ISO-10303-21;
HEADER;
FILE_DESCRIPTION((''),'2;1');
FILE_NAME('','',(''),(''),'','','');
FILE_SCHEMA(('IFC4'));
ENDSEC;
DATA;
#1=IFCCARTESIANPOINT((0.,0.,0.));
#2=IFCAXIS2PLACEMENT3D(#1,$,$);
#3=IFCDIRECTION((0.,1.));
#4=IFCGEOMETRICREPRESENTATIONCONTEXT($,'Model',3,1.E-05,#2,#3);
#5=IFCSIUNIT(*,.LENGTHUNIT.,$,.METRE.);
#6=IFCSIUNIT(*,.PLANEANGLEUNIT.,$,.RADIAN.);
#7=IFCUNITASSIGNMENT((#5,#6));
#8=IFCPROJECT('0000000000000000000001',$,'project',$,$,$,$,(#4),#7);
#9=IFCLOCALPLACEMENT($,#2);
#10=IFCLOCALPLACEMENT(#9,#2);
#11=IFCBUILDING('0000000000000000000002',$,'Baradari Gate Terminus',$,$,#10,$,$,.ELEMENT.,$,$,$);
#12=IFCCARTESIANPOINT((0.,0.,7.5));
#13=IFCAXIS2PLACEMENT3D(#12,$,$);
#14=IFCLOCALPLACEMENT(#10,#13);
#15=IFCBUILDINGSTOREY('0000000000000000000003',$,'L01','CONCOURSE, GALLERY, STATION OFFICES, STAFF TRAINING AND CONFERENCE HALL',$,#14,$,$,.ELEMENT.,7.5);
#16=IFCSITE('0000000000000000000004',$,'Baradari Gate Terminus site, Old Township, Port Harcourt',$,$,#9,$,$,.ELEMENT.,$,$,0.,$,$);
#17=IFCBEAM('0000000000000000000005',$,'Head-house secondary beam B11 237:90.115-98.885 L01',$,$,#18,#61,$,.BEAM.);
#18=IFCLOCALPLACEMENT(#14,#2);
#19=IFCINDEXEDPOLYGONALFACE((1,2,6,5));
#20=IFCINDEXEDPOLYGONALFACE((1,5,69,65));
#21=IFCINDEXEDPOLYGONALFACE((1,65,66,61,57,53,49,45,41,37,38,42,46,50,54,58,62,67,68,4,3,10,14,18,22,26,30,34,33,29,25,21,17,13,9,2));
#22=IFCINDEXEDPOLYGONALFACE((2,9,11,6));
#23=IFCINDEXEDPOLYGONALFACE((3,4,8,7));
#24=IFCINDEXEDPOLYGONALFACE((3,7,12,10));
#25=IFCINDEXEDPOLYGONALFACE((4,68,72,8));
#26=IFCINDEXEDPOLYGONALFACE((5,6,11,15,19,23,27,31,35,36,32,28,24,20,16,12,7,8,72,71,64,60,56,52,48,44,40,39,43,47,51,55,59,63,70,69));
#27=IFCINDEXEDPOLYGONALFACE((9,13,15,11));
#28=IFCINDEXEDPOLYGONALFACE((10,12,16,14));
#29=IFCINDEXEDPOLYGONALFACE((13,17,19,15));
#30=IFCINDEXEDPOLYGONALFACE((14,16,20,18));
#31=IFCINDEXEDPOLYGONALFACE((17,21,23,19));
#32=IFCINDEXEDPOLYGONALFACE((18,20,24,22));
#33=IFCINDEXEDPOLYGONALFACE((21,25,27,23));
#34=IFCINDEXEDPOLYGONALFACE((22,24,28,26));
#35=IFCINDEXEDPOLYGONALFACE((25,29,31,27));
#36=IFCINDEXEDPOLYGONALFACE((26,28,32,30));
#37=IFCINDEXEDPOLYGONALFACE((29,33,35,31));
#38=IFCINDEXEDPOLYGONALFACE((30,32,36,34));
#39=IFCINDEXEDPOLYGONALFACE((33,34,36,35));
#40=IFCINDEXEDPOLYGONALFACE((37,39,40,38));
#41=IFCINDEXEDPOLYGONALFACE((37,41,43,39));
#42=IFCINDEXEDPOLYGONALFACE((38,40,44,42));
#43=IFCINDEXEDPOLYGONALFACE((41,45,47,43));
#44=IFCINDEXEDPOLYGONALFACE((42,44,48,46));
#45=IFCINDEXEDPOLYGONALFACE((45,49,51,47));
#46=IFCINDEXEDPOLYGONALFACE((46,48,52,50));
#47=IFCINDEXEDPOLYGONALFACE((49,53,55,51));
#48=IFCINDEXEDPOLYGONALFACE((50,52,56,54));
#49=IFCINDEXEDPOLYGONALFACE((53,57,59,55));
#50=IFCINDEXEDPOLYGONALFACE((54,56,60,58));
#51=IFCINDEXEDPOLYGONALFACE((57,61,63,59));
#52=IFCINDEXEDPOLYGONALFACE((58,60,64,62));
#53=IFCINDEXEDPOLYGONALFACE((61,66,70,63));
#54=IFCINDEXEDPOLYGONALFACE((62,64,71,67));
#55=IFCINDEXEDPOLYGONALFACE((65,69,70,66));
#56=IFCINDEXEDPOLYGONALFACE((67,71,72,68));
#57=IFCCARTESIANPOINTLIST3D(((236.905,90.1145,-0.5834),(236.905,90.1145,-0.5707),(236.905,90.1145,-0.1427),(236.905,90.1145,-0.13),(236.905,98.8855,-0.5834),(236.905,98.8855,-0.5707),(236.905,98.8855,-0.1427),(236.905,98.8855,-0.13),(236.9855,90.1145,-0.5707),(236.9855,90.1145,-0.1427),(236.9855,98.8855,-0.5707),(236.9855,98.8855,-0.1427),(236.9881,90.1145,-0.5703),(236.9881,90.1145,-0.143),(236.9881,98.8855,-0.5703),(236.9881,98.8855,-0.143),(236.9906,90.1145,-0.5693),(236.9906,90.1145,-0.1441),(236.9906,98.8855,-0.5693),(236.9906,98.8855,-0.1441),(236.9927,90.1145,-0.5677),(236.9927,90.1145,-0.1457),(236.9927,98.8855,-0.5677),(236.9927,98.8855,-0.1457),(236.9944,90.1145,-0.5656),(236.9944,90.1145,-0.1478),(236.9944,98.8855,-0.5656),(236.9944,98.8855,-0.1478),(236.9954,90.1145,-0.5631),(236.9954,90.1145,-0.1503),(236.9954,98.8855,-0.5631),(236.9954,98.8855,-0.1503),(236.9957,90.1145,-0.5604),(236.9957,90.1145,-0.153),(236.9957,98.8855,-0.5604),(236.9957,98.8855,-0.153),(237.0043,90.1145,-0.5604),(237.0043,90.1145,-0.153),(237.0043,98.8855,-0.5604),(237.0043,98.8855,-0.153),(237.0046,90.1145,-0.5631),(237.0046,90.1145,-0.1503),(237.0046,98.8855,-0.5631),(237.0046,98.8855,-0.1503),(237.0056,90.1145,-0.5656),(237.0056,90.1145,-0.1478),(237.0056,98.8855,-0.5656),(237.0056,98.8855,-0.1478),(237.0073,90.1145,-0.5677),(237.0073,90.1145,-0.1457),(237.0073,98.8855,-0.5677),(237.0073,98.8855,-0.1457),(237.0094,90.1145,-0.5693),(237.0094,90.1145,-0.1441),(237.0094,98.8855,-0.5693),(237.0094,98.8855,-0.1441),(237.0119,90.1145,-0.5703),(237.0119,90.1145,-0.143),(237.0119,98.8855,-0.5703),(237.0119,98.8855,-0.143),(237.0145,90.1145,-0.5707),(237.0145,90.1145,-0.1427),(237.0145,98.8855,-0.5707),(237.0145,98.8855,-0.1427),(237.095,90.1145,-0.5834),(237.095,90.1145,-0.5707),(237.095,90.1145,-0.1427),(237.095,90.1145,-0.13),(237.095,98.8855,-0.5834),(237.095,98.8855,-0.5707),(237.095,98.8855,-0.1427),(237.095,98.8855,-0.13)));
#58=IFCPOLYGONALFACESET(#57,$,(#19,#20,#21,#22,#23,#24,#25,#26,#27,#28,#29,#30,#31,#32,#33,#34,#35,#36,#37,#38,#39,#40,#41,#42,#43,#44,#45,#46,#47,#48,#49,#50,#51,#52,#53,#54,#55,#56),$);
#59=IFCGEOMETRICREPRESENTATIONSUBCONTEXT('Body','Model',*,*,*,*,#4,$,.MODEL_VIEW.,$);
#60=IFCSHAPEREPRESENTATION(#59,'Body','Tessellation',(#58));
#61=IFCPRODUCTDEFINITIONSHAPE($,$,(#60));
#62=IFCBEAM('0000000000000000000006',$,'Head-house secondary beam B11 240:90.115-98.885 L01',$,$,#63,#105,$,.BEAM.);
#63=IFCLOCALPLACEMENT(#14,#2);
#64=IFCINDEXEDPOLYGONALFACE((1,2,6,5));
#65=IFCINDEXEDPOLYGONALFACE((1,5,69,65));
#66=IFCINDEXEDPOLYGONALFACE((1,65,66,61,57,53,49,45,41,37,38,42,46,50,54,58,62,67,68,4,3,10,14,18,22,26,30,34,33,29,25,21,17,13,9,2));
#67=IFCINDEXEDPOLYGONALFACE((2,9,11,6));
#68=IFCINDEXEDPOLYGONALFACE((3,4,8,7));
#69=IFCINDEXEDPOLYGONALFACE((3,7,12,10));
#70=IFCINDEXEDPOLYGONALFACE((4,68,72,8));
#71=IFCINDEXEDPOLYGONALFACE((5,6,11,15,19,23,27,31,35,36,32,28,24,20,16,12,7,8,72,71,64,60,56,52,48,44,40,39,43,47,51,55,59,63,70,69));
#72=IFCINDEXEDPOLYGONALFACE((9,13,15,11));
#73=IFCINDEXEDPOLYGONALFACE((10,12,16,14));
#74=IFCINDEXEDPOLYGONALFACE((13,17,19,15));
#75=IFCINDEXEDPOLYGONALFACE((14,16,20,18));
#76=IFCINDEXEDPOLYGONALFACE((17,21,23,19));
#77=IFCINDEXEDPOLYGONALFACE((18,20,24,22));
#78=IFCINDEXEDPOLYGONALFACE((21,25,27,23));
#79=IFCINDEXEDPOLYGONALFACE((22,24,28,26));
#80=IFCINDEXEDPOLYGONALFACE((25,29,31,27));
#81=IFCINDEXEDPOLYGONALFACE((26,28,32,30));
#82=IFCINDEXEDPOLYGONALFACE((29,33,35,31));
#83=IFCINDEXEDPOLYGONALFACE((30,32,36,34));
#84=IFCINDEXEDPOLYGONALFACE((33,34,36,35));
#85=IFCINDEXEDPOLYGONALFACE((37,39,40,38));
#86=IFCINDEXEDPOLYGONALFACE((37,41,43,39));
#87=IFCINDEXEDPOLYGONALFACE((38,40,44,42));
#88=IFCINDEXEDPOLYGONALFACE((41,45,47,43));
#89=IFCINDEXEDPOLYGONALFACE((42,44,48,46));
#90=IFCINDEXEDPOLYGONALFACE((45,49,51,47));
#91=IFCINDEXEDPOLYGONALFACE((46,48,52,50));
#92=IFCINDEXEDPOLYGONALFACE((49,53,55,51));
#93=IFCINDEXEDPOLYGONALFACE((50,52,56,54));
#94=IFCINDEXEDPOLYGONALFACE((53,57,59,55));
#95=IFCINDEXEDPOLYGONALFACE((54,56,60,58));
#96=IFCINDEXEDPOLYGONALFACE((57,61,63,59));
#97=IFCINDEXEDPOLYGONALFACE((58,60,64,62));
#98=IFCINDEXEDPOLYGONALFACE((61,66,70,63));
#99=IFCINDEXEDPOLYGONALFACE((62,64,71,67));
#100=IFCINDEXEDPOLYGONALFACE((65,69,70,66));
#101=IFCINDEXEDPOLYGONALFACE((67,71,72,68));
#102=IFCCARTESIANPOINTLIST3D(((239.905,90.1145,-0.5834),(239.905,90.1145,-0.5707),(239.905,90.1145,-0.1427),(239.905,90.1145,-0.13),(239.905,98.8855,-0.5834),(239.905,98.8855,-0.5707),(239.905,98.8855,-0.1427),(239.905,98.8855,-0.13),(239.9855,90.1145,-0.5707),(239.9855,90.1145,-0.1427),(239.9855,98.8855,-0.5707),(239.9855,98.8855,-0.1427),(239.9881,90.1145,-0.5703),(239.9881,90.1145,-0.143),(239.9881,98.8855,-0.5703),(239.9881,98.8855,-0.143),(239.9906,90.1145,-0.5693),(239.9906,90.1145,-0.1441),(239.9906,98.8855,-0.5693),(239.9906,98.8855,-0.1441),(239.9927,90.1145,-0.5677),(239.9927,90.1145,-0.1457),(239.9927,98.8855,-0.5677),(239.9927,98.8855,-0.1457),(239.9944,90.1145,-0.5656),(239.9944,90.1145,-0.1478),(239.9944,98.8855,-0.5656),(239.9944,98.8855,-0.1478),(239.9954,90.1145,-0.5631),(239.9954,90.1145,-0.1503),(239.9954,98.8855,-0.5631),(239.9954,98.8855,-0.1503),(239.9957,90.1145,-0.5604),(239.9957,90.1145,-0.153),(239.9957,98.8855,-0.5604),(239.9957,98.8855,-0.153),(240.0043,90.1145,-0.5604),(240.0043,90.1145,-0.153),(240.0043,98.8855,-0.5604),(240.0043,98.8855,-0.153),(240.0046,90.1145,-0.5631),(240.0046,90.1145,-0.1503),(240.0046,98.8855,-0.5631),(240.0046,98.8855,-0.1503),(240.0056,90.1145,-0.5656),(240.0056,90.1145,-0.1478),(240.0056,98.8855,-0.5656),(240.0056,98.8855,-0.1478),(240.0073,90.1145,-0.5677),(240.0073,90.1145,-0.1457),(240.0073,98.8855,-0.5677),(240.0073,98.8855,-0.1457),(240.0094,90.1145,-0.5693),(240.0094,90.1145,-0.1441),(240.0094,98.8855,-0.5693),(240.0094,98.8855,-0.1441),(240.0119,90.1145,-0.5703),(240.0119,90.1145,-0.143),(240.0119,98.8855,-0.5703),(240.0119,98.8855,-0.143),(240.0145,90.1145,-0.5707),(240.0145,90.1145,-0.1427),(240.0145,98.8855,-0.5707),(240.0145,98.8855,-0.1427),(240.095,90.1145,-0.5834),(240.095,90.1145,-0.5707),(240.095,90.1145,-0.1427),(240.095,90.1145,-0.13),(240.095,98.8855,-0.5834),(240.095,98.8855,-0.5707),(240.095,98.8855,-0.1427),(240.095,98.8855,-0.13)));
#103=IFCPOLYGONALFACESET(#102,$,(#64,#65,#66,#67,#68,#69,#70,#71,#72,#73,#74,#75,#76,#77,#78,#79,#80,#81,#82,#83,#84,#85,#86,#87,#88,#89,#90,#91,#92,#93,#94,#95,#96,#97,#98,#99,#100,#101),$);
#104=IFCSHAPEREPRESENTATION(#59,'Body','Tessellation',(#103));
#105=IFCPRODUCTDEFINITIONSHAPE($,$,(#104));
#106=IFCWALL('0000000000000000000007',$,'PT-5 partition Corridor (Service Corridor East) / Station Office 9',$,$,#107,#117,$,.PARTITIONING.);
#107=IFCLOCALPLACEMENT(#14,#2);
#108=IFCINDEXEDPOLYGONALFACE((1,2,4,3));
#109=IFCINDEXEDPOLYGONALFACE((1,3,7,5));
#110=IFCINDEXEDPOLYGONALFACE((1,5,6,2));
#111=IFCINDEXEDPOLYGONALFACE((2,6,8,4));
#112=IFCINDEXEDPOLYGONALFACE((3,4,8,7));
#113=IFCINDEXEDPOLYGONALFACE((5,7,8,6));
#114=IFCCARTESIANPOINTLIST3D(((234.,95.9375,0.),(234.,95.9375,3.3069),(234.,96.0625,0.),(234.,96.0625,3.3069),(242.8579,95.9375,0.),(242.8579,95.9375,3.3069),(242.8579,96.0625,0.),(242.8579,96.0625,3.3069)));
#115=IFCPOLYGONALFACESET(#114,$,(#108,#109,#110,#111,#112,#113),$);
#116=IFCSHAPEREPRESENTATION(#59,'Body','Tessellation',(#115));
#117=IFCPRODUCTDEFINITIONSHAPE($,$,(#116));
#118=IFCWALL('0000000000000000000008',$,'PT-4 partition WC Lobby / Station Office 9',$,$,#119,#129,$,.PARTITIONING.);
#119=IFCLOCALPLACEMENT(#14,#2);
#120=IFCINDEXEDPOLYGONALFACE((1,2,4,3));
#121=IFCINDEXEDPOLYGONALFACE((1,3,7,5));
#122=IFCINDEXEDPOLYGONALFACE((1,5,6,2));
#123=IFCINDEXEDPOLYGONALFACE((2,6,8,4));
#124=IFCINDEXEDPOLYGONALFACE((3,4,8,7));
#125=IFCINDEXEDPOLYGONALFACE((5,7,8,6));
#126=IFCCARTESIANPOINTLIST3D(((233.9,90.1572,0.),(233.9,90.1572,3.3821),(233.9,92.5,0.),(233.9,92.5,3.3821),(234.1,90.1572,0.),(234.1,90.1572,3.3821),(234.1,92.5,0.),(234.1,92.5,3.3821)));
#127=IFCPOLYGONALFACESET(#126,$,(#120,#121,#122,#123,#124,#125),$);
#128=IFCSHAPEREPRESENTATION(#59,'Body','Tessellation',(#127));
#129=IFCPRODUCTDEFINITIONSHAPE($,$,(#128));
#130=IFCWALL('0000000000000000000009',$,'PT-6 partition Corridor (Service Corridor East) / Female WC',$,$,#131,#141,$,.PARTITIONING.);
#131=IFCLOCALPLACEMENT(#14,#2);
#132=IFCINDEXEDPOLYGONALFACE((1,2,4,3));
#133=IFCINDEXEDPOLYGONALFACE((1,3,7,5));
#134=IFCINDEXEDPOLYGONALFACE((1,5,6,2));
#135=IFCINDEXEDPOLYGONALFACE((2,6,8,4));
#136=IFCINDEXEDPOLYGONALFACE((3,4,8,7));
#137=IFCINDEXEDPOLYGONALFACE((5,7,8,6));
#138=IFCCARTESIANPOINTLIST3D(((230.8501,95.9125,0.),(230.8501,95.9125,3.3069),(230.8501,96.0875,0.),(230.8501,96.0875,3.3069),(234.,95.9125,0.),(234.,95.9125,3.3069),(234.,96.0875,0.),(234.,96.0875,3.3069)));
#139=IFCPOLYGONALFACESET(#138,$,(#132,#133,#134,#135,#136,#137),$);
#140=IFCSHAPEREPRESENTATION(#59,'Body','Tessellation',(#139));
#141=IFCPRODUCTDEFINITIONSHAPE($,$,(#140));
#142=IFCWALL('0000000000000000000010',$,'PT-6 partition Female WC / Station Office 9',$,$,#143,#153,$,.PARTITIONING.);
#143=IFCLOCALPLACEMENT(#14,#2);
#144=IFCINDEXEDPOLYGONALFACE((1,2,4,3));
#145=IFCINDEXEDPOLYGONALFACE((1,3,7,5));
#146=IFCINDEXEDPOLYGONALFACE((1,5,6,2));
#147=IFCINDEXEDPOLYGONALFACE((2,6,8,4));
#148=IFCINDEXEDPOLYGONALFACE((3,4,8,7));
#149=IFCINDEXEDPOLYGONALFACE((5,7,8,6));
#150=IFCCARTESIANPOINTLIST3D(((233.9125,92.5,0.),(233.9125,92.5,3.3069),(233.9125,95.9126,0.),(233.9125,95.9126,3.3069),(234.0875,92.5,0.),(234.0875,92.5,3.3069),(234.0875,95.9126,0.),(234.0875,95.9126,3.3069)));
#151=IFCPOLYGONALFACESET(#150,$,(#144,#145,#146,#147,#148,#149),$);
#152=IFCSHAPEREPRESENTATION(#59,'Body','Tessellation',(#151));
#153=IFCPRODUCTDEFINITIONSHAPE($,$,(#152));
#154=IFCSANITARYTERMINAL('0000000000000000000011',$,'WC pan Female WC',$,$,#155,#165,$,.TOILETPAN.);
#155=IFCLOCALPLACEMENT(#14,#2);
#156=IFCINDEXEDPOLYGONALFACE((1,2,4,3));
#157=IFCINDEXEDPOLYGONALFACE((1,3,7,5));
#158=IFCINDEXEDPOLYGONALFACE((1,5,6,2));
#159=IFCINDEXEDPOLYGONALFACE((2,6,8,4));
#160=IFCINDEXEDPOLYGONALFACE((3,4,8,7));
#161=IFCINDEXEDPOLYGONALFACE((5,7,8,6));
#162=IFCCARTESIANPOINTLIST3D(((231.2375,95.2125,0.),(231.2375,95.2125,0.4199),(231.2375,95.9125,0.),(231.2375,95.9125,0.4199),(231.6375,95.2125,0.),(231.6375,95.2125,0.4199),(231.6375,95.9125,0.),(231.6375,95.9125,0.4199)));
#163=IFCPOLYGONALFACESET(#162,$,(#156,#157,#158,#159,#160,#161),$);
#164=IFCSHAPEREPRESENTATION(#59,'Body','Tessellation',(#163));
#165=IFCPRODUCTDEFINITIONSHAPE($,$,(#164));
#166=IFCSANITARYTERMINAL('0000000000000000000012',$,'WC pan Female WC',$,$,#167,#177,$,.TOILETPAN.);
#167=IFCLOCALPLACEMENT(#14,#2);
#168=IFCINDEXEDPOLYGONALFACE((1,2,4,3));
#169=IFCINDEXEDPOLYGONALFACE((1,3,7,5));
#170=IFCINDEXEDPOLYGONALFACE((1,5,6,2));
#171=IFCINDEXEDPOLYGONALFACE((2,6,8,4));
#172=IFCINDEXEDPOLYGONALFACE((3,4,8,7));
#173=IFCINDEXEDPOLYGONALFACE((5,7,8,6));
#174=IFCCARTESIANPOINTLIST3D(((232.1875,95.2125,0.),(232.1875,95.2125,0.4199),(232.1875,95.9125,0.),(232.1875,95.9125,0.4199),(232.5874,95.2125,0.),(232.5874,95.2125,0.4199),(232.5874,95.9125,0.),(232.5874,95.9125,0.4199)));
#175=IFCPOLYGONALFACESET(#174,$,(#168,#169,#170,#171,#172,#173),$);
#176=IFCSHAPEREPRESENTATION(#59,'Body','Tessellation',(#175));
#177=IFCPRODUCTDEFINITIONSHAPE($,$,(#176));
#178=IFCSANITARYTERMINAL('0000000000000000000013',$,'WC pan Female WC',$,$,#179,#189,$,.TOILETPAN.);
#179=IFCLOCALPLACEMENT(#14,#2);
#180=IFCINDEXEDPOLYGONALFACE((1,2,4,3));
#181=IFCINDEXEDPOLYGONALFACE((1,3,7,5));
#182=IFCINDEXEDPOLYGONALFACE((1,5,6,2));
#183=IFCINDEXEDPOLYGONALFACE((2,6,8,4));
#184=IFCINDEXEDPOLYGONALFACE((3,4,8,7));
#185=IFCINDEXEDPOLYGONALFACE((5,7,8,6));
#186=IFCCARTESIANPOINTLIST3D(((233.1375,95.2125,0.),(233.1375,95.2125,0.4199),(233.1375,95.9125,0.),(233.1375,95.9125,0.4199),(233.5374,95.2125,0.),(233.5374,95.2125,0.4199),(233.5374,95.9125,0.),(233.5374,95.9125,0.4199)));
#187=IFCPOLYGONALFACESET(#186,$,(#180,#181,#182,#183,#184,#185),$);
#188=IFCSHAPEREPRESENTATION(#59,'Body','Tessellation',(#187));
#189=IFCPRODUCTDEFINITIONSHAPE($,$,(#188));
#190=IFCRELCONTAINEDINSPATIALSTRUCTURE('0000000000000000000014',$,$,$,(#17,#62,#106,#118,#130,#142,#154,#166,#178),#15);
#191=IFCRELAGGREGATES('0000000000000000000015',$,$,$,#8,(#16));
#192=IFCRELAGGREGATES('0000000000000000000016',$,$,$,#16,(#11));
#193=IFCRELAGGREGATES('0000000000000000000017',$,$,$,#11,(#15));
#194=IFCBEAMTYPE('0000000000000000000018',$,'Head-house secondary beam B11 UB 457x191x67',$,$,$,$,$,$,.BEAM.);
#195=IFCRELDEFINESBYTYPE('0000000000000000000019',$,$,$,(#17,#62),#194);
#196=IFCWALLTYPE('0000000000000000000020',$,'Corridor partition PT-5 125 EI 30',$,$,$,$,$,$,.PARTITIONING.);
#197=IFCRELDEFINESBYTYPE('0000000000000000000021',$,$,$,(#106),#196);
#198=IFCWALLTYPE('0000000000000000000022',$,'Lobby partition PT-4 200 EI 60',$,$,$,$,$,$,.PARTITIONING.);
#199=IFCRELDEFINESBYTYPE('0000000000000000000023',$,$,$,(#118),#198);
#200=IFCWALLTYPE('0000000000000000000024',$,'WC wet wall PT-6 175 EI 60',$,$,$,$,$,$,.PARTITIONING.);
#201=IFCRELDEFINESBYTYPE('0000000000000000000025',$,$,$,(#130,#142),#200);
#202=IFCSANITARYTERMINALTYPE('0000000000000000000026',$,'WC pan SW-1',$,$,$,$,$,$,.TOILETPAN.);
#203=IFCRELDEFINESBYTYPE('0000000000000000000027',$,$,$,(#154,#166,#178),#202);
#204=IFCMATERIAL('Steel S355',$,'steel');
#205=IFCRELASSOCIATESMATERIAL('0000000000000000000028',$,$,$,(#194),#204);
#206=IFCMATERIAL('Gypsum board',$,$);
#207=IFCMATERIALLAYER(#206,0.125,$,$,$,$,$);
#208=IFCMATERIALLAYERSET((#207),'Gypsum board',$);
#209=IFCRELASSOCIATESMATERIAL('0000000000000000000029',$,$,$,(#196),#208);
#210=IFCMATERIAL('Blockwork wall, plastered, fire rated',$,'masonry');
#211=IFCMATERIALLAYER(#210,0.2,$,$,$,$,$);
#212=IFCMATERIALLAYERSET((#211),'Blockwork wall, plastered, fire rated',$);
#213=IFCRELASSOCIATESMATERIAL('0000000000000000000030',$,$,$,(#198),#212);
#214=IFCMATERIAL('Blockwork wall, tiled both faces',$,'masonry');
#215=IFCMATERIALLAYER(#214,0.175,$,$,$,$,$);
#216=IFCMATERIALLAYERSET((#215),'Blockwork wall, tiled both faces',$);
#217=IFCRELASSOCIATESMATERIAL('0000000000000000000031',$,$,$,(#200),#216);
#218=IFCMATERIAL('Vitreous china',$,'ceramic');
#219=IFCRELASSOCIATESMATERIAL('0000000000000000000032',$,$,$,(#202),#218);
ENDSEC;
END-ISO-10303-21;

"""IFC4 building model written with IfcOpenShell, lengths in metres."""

from ifc_helpers import new_model, si_unit, direction, frame, frame_2d, origin, origin_2d, place, context, subcontext, project, spatial, rectangle, i_section, extrude, material, layer, layer_set, material_profile, profile_set, type_object, element, save


model = new_model("IFC4")

# Units and contexts
model_context = context("Model", 3, precision=1e-05, world=origin(), true_north=direction((0.0, 1.0)))
body_context = subcontext(model_context, "Body", "Model", "MODEL_VIEW")
ifc_project = project(units=[si_unit("LENGTHUNIT", "METRE"), si_unit("PLANEANGLEUNIT", "RADIAN")], contexts=[model_context])

# Site, building, storey
site_placement = place(None, origin())
site = spatial("IfcSite", under=ifc_project, at=site_placement, Name="Baradari Gate Terminus site, Old Township, Port Harcourt", CompositionType="ELEMENT", RefElevation=0.0)
building_placement = place(site_placement, origin())
building = spatial("IfcBuilding", under=site, at=building_placement, Name="Baradari Gate Terminus", CompositionType="ELEMENT")
storey_placement = place(building_placement, frame((0.0, 0.0, 7.5)))
storey = spatial("IfcBuildingStorey", under=building, at=storey_placement, Name="L01", Description="CONCOURSE, GALLERY, STATION OFFICES, STAFF TRAINING AND CONFERENCE HALL", CompositionType="ELEMENT", Elevation=7.5)

# Beams
ifc_material_1 = material(Name="Steel S355", Category="steel")
ifc_material_profile_1 = material_profile(ifc_material_1, i_section(OverallWidth=0.1899, OverallDepth=0.4534, WebThickness=0.0085, FlangeThickness=0.0127, FilletRadius=0.0103, at=origin_2d()), Name="UB 457x191x67")
ifc_profile_set_1 = profile_set([ifc_material_profile_1], Name="Steel S355")
beam_type_1 = type_object("IfcBeamType", Name="Head-house secondary beam B11 UB 457x191x67", PredefinedType="BEAM", material=ifc_profile_set_1)
for number, where, z_axis, x_axis, name in (
    (1, (237.0, 90.1145, -0.3567), (0.0, 1.0, 0.0), (-1.0, 0.0, 0.0), "Head-house secondary beam B11 237:90.115-98.885 L01"),
    (2, (240.0, 90.1145, -0.3567), (0.0, 1.0, 0.0), (-1.0, 0.0, 0.0), "Head-house secondary beam B11 240:90.115-98.885 L01"),
):
    element("IfcBeam", number, at=place(storey_placement, frame(where, z_axis=z_axis, x_axis=x_axis)), inside=storey, type_object=beam_type_1, Name=name, PredefinedType="BEAM", context=body_context, shape_type="SweptSolid", body=[
        extrude(i_section(OverallWidth=0.1899, OverallDepth=0.4534, WebThickness=0.0085, FlangeThickness=0.0127, FilletRadius=0.0103, at=origin_2d()), origin(), (0.0, 0.0, 1.0), 8.771),
    ])

# Wall
ifc_material_2 = material(Name="Gypsum board")
ifc_layer_1 = layer(ifc_material_2, 0.125)
ifc_layer_set_1 = layer_set([ifc_layer_1], Name="Gypsum board")
wall_type_1 = type_object("IfcWallType", Name="Corridor partition PT-5 125 EI 30", PredefinedType="PARTITIONING", material=ifc_layer_set_1)
wall_1_placement = place(storey_placement, frame((242.8579, 96.0, 0.0), z_axis=(0.0, 0.0, 1.0), x_axis=(-1.0, 0.0, 0.0)))
element("IfcWall", 3, at=wall_1_placement, inside=storey, type_object=wall_type_1, Name="PT-5 partition Corridor (Service Corridor East) / Station Office 9", PredefinedType="PARTITIONING", context=body_context, shape_type="SweptSolid", body=[
    extrude(rectangle(XDim=8.8579, YDim=0.125, at=frame_2d((4.429, 0.0))), origin(), (0.0, 0.0, 1.0), 3.3069),
])

# Walls
ifc_material_3 = material(Name="Blockwork wall, plastered, fire rated", Category="masonry")
ifc_layer_2 = layer(ifc_material_3, 0.2)
ifc_layer_set_2 = layer_set([ifc_layer_2], Name="Blockwork wall, plastered, fire rated")
wall_type_2 = type_object("IfcWallType", Name="Lobby partition PT-4 200 EI 60", PredefinedType="PARTITIONING", material=ifc_layer_set_2)
wall_2_placement = place(storey_placement, frame((234.0, 92.5, 0.0), z_axis=(0.0, 0.0, 1.0), x_axis=(0.0, -1.0, 0.0)))
element("IfcWall", 4, at=wall_2_placement, inside=storey, type_object=wall_type_2, Name="PT-4 partition WC Lobby / Station Office 9", PredefinedType="PARTITIONING", context=body_context, shape_type="SweptSolid", body=[
    extrude(rectangle(XDim=2.3428, YDim=0.2, at=frame_2d((1.1714, 0.0))), origin(), (0.0, 0.0, 1.0), 3.3821),
])
ifc_material_4 = material(Name="Blockwork wall, tiled both faces", Category="masonry")
ifc_layer_3 = layer(ifc_material_4, 0.175)
ifc_layer_set_3 = layer_set([ifc_layer_3], Name="Blockwork wall, tiled both faces")
wall_type_3 = type_object("IfcWallType", Name="WC wet wall PT-6 175 EI 60", PredefinedType="PARTITIONING", material=ifc_layer_set_3)
wall_3_placement = place(storey_placement, frame((234.0, 96.0, 0.0), z_axis=(0.0, 0.0, 1.0), x_axis=(-1.0, 0.0, 0.0)))
element("IfcWall", 5, at=wall_3_placement, inside=storey, type_object=wall_type_3, Name="PT-6 partition Corridor (Service Corridor East) / Female WC", PredefinedType="PARTITIONING", context=body_context, shape_type="SweptSolid", body=[
    extrude(rectangle(XDim=3.1499, YDim=0.175, at=frame_2d((1.575, 0.0))), origin(), (0.0, 0.0, 1.0), 3.3069),
])
wall_4_placement = place(storey_placement, frame((234.0, 95.9126, 0.0), z_axis=(0.0, 0.0, 1.0), x_axis=(0.0, -1.0, 0.0)))
element("IfcWall", 6, at=wall_4_placement, inside=storey, type_object=wall_type_3, Name="PT-6 partition Female WC / Station Office 9", PredefinedType="PARTITIONING", context=body_context, shape_type="SweptSolid", body=[
    extrude(rectangle(XDim=3.4126, YDim=0.175, at=frame_2d((1.7063, 0.0))), origin(), (0.0, 0.0, 1.0), 3.3069),
])

# Sanitary terminals
ifc_material_5 = material(Name="Vitreous china", Category="ceramic")
sanitary_terminal_type_1 = type_object("IfcSanitaryTerminalType", Name="WC pan SW-1", PredefinedType="TOILETPAN", material=ifc_material_5)
for number, where, z_axis, x_axis, name in (
    (7, (231.4375, 95.5625, 0.0), (0.0, 0.0, 1.0), (1.0, 0.0, 0.0), "WC pan Female WC"),
    (8, (232.3875, 95.5625, 0.0), (0.0, 0.0, 1.0), (1.0, 0.0, 0.0), "WC pan Female WC"),
    (9, (233.3374, 95.5625, 0.0), (0.0, 0.0, 1.0), (1.0, 0.0, 0.0), "WC pan Female WC"),
):
    element("IfcSanitaryTerminal", number, at=place(storey_placement, frame(where, z_axis=z_axis, x_axis=x_axis)), inside=storey, type_object=sanitary_terminal_type_1, Name=name, PredefinedType="TOILETPAN", context=body_context, shape_type="SweptSolid", body=[
        extrude(rectangle(XDim=0.3999, YDim=0.7, at=origin_2d()), origin(), (0.0, 0.0, 1.0), 0.4199),
    ])

save(model, "model.ifc")
